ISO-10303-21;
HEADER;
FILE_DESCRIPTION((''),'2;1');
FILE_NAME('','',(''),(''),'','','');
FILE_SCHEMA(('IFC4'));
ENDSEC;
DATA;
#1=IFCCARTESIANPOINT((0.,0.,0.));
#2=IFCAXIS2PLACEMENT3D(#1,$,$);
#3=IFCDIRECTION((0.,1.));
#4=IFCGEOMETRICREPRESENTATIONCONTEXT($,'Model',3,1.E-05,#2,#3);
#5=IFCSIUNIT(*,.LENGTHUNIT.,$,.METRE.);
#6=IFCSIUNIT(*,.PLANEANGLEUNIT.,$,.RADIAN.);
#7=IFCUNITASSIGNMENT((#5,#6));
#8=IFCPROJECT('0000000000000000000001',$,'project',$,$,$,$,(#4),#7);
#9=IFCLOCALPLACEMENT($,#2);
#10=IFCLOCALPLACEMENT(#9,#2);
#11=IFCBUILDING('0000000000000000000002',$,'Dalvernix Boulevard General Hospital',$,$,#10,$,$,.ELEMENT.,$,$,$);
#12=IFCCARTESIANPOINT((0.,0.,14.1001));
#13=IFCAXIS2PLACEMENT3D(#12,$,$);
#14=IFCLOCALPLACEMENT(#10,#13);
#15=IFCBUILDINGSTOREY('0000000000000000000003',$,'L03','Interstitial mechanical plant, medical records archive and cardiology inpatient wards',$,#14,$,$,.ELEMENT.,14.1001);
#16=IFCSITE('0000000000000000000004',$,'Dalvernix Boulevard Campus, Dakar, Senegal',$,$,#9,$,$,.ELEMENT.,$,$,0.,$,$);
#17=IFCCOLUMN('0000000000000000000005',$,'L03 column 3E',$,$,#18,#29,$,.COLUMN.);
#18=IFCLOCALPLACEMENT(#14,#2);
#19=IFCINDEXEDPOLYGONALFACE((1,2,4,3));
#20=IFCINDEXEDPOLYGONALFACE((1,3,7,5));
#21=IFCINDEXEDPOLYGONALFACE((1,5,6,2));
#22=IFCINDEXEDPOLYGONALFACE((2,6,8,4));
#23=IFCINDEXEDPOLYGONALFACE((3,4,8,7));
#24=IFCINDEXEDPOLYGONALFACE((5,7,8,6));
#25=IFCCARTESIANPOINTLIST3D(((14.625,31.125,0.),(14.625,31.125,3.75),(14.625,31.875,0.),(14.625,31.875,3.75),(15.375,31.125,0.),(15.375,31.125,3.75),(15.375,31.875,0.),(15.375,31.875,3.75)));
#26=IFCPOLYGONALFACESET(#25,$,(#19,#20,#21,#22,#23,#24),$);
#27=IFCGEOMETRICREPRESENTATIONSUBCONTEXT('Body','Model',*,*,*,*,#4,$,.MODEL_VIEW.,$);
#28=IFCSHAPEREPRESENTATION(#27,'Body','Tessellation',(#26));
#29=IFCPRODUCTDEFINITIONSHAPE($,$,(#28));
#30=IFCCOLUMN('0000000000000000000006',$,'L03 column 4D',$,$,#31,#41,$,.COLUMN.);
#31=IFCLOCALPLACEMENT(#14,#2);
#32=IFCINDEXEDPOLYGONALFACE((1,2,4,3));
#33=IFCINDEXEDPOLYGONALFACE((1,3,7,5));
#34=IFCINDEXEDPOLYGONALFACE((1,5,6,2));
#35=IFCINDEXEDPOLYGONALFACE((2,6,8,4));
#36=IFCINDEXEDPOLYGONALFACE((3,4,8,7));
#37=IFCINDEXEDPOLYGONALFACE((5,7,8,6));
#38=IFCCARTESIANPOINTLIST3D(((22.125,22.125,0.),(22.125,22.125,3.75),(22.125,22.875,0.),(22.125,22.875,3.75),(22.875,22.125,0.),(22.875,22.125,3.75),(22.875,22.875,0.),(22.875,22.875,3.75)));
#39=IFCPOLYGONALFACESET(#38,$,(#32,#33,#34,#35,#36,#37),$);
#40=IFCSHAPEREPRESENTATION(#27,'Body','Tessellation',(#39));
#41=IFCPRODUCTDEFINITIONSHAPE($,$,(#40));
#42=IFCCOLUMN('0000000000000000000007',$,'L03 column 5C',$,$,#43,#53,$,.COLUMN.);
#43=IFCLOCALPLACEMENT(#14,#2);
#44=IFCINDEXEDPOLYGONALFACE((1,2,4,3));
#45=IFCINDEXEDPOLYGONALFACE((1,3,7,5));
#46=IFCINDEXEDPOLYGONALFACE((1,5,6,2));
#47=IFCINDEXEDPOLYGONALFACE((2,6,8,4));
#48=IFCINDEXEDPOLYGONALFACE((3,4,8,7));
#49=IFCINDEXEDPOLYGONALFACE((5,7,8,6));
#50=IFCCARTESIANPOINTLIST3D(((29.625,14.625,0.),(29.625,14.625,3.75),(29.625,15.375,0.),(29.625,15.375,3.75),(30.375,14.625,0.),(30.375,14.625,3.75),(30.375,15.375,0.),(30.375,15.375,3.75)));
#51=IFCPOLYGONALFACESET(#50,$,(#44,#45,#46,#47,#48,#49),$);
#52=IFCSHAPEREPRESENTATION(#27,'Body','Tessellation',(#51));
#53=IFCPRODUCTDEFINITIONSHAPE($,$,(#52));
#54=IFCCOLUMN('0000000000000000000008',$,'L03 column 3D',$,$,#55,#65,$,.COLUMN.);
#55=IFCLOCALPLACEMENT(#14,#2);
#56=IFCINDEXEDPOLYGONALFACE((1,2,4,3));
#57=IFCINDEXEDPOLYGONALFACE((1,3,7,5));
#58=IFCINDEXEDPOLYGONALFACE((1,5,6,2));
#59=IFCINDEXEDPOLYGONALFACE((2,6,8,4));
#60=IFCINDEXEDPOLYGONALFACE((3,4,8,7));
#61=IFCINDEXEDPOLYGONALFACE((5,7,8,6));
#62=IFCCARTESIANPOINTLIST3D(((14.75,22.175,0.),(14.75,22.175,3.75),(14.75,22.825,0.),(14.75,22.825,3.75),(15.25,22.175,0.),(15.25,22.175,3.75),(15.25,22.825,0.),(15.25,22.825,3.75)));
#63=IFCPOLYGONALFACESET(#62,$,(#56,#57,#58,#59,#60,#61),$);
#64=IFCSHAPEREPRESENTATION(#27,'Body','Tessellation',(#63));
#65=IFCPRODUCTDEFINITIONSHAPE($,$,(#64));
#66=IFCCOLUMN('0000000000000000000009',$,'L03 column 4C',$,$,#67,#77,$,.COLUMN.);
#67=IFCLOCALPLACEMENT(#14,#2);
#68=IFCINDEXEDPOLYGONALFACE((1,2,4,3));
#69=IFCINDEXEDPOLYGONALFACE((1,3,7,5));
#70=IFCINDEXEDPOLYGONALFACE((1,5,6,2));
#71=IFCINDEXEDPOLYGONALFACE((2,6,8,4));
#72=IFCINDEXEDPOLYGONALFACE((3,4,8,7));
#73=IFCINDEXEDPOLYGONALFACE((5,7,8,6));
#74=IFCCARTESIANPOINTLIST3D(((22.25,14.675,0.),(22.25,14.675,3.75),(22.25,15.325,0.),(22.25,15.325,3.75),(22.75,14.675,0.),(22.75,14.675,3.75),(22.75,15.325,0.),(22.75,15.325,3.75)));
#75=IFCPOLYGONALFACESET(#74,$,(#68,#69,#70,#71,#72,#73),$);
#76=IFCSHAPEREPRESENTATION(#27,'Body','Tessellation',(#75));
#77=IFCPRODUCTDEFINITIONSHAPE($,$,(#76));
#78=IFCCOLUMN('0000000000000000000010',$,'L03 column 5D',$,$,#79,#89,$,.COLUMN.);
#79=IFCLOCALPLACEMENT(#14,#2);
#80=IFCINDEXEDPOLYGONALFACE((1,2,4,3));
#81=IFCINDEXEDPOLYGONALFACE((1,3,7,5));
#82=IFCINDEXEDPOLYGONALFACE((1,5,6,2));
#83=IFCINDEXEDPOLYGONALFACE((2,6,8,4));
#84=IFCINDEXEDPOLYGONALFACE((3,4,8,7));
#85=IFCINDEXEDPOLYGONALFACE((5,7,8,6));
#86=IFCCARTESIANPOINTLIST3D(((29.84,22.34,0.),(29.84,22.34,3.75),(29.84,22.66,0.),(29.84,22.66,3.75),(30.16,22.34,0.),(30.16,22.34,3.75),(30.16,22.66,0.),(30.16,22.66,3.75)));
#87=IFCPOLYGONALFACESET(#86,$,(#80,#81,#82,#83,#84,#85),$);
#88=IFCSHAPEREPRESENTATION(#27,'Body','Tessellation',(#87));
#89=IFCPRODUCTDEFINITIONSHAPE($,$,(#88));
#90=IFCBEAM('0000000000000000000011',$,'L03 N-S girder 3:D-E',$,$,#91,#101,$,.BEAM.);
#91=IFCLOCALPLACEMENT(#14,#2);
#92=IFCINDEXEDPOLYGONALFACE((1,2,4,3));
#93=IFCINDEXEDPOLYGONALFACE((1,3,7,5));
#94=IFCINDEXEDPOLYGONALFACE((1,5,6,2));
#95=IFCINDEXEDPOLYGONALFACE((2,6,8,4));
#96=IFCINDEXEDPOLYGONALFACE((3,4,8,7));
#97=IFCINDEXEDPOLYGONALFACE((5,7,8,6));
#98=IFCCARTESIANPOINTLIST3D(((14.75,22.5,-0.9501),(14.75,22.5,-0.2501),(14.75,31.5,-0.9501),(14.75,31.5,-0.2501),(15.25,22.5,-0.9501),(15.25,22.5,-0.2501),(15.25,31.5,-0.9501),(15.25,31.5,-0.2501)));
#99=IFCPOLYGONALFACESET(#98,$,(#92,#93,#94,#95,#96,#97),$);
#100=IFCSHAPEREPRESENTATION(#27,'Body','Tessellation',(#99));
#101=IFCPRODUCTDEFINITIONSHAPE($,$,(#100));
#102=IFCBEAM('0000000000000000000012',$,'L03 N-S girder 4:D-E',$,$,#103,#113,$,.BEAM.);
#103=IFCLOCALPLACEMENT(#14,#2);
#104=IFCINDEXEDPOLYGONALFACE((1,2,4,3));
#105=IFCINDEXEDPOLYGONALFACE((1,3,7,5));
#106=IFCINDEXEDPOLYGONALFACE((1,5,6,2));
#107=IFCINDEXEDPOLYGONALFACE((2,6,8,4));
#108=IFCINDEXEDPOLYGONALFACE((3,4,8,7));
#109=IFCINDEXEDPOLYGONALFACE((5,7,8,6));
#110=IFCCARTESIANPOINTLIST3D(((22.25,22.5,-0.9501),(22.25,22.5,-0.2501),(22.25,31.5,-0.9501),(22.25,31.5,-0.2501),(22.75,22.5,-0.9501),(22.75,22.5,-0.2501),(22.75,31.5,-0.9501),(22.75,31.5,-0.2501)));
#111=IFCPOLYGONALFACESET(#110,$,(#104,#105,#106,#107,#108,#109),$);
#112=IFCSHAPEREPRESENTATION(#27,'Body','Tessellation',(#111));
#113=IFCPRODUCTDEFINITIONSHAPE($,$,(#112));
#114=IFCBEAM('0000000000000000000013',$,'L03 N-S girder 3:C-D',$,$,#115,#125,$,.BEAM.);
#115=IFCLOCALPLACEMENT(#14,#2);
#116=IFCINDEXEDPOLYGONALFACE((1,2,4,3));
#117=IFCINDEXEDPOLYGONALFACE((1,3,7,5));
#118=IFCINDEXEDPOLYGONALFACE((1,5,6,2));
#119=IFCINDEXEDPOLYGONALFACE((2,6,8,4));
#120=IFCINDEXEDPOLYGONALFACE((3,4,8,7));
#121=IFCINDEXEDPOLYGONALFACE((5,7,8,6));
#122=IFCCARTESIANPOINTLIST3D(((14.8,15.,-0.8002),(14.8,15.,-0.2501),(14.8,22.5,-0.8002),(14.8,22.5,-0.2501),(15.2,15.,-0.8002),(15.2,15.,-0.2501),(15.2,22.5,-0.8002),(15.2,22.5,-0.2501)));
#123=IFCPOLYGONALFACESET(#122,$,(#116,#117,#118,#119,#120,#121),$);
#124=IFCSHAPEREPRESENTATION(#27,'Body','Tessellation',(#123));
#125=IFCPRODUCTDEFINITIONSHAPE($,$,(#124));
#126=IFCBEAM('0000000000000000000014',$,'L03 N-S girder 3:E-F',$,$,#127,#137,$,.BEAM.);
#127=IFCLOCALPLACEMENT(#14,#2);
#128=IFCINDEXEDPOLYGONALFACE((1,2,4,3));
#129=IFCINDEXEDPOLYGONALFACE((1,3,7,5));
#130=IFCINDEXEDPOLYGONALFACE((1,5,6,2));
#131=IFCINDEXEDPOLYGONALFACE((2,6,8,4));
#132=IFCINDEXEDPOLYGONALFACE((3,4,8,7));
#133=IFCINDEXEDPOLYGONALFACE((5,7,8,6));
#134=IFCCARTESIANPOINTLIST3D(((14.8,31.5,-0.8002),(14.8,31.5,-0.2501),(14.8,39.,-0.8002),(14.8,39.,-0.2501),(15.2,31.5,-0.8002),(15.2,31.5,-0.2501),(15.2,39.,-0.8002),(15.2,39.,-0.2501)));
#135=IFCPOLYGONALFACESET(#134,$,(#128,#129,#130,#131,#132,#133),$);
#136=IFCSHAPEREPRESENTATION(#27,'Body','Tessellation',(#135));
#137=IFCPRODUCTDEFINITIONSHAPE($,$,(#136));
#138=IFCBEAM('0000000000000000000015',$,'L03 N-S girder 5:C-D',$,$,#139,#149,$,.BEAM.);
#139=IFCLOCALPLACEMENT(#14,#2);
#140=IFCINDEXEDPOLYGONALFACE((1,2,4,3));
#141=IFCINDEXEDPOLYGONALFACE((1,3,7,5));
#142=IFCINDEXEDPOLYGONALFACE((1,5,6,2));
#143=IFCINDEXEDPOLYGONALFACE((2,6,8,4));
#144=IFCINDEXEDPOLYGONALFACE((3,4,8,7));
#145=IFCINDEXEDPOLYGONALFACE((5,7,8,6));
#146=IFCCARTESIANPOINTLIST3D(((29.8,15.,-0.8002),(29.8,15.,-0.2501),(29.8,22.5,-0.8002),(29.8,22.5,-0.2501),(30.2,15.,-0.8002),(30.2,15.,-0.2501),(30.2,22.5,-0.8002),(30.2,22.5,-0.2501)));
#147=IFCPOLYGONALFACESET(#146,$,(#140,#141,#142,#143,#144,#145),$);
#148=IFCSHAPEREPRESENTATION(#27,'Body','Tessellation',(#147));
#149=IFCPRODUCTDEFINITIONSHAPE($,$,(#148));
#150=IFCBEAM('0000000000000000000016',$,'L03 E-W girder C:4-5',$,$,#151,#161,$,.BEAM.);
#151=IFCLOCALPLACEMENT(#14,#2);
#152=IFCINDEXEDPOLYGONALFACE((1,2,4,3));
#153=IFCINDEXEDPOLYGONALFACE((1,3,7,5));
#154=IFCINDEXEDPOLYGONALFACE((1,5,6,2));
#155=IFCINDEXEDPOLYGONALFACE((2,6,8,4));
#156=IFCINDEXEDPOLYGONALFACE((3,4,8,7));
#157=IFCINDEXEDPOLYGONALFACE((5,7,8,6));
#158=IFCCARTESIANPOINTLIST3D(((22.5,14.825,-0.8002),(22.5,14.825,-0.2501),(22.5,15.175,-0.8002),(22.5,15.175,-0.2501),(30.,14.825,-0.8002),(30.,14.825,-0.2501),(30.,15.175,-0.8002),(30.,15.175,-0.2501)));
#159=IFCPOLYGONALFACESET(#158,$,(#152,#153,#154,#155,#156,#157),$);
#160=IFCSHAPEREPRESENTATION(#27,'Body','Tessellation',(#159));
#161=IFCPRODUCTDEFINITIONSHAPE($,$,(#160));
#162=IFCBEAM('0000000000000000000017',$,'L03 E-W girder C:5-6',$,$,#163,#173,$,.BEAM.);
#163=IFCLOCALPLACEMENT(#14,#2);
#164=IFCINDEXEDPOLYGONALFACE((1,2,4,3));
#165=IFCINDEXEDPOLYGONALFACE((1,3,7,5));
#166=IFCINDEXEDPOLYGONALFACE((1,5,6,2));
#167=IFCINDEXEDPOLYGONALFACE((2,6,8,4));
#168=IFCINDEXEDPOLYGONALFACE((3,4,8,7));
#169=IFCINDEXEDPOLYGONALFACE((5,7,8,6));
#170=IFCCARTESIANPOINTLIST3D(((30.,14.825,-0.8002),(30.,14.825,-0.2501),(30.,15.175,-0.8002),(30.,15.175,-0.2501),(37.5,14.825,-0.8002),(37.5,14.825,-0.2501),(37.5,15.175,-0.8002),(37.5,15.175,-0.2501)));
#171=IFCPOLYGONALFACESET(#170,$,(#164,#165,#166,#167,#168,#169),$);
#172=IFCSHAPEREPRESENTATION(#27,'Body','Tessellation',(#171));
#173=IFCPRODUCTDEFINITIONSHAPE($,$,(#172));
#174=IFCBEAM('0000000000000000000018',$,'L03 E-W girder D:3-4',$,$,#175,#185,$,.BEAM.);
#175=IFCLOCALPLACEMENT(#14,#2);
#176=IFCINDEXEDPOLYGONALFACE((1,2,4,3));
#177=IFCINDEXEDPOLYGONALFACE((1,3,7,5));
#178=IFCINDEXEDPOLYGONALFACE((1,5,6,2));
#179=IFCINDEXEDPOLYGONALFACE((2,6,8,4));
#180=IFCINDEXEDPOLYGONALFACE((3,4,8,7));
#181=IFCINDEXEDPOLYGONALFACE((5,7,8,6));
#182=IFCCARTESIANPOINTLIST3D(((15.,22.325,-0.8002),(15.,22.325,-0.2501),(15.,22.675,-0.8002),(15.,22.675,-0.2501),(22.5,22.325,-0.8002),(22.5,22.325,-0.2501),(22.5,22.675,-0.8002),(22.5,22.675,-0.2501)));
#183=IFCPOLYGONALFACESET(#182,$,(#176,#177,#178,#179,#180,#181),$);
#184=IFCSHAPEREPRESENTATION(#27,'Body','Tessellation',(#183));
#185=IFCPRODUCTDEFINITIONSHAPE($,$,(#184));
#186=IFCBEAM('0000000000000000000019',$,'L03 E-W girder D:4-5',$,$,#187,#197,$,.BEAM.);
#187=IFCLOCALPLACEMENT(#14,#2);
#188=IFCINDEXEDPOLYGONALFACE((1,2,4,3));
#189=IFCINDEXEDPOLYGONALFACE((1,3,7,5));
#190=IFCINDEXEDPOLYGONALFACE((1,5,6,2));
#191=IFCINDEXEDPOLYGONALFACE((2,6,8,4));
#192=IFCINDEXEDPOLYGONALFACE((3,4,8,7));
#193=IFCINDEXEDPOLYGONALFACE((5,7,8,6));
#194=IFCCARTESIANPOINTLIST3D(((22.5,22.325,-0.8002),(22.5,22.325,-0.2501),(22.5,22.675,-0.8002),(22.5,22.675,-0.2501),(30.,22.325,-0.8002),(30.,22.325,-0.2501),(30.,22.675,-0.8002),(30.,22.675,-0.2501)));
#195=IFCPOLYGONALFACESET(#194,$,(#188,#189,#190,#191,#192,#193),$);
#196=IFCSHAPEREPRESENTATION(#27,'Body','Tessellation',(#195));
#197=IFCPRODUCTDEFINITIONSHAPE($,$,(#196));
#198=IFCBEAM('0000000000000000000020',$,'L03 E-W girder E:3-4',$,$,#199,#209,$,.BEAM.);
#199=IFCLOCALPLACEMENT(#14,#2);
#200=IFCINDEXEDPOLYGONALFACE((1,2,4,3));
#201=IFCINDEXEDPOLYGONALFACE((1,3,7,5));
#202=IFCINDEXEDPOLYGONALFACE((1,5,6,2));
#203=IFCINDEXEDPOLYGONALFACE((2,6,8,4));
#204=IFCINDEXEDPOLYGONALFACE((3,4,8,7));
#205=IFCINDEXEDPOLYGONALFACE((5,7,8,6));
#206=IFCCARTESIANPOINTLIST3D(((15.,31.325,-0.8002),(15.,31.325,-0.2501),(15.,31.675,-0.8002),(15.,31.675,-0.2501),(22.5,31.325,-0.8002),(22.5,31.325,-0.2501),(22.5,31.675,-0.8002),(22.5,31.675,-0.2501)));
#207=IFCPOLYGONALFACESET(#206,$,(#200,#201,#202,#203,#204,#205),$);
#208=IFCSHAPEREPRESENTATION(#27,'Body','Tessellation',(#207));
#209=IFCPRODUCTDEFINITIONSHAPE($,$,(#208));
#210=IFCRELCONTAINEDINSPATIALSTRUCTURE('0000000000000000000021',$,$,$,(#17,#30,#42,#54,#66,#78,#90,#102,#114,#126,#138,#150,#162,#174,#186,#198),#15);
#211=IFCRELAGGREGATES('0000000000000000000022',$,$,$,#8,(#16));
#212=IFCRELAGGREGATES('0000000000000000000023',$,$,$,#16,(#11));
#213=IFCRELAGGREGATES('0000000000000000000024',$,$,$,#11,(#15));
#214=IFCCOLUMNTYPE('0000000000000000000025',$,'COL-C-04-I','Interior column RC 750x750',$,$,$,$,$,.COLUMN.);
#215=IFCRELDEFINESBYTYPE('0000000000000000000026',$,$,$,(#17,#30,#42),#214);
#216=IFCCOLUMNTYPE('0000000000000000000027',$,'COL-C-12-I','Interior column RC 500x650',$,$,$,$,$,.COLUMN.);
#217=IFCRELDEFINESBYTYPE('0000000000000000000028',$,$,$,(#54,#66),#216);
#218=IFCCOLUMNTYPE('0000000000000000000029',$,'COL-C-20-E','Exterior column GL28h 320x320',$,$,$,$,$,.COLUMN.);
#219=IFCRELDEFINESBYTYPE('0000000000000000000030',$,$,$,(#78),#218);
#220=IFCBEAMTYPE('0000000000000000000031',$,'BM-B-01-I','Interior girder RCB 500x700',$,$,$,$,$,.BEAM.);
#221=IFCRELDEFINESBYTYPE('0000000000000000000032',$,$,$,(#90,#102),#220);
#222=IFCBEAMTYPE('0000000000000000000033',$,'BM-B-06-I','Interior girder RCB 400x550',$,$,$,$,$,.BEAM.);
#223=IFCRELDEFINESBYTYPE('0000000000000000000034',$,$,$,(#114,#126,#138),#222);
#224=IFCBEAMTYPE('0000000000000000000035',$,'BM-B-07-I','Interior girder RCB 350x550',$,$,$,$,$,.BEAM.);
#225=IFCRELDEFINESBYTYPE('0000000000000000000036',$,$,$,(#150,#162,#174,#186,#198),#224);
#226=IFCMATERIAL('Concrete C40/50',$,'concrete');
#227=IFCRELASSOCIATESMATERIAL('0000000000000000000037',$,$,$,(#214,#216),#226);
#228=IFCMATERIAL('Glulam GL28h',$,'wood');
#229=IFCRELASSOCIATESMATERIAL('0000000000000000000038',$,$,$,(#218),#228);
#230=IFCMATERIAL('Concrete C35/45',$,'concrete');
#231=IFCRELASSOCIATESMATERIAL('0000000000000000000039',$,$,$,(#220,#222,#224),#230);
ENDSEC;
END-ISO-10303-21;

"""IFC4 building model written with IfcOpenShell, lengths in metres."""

from ifc_helpers import new_model, si_unit, direction, frame, origin, origin_2d, place, context, subcontext, project, spatial, rectangle, extrude, material, material_profile, profile_set, type_object, element, save


model = new_model("IFC4")

# Units and contexts
model_context = context("Model", 3, precision=1e-05, world=origin(), true_north=direction((0.0, 1.0)))
body_context = subcontext(model_context, "Body", "Model", "MODEL_VIEW")
ifc_project = project(units=[si_unit("LENGTHUNIT", "METRE"), si_unit("PLANEANGLEUNIT", "RADIAN")], contexts=[model_context])

# Site, building, storey
site_placement = place(None, origin())
site = spatial("IfcSite", under=ifc_project, at=site_placement, Name="Dalvernix Boulevard Campus, Dakar, Senegal", CompositionType="ELEMENT", RefElevation=0.0)
building_placement = place(site_placement, origin())
building = spatial("IfcBuilding", under=site, at=building_placement, Name="Dalvernix Boulevard General Hospital", CompositionType="ELEMENT")
storey_placement = place(building_placement, frame((0.0, 0.0, 14.1001)))
storey = spatial("IfcBuildingStorey", under=building, at=storey_placement, Name="L03", Description="Interstitial mechanical plant, medical records archive and cardiology inpatient wards", CompositionType="ELEMENT", Elevation=14.1001)

# Columns
ifc_material_1 = material(Name="Concrete C40/50", Category="concrete")
ifc_material_profile_1 = material_profile(ifc_material_1, rectangle(XDim=0.75, YDim=0.75, at=origin_2d()), Name="RC 750x750")
ifc_profile_set_1 = profile_set([ifc_material_profile_1], Name="Concrete C40/50")
column_type_1 = type_object("IfcColumnType", Name="COL-C-04-I", Description="Interior column RC 750x750", PredefinedType="COLUMN", material=ifc_profile_set_1)
for number, where, z_axis, x_axis, name in (
    (1, (15.0, 31.5, 0.0), (0.0, 0.0, 1.0), (1.0, 0.0, 0.0), "L03 column 3E"),
    (2, (22.5, 22.5, 0.0), (0.0, 0.0, 1.0), (1.0, 0.0, 0.0), "L03 column 4D"),
    (3, (30.0, 15.0, 0.0), (0.0, 0.0, 1.0), (1.0, 0.0, 0.0), "L03 column 5C"),
):
    element("IfcColumn", number, at=place(storey_placement, frame(where, z_axis=z_axis, x_axis=x_axis)), inside=storey, type_object=column_type_1, Name=name, PredefinedType="COLUMN", context=body_context, shape_type="SweptSolid", body=[
        extrude(rectangle(XDim=0.75, YDim=0.75, at=origin_2d()), origin(), (0.0, 0.0, 1.0), 3.75),
    ])
ifc_material_profile_2 = material_profile(ifc_material_1, rectangle(XDim=0.5, YDim=0.6499, at=origin_2d()), Name="RC 500x650")
ifc_profile_set_2 = profile_set([ifc_material_profile_2], Name="Concrete C40/50")
column_type_2 = type_object("IfcColumnType", Name="COL-C-12-I", Description="Interior column RC 500x650", PredefinedType="COLUMN", material=ifc_profile_set_2)
for number, where, z_axis, x_axis, name in (
    (4, (15.0, 22.5, 0.0), (0.0, 0.0, 1.0), (1.0, 0.0, 0.0), "L03 column 3D"),
    (5, (22.5, 15.0, 0.0), (0.0, 0.0, 1.0), (1.0, 0.0, 0.0), "L03 column 4C"),
):
    element("IfcColumn", number, at=place(storey_placement, frame(where, z_axis=z_axis, x_axis=x_axis)), inside=storey, type_object=column_type_2, Name=name, PredefinedType="COLUMN", context=body_context, shape_type="SweptSolid", body=[
        extrude(rectangle(XDim=0.5, YDim=0.6499, at=origin_2d()), origin(), (0.0, 0.0, 1.0), 3.75),
    ])
ifc_material_2 = material(Name="Glulam GL28h", Category="wood")
ifc_material_profile_3 = material_profile(ifc_material_2, rectangle(XDim=0.3201, YDim=0.3201, at=origin_2d()), Name="GL28h 320x320")
ifc_profile_set_3 = profile_set([ifc_material_profile_3], Name="Glulam GL28h")
column_type_3 = type_object("IfcColumnType", Name="COL-C-20-E", Description="Exterior column GL28h 320x320", PredefinedType="COLUMN", material=ifc_profile_set_3)
column_placement = place(storey_placement, frame((30.0, 22.5, 0.0), z_axis=(0.0, 0.0, 1.0), x_axis=(1.0, 0.0, 0.0)))
element("IfcColumn", 6, at=column_placement, inside=storey, type_object=column_type_3, Name="L03 column 5D", PredefinedType="COLUMN", context=body_context, shape_type="SweptSolid", body=[
    extrude(rectangle(XDim=0.3201, YDim=0.3201, at=origin_2d()), origin(), (0.0, 0.0, 1.0), 3.75),
])

# Beams
ifc_material_3 = material(Name="Concrete C35/45", Category="concrete")
ifc_material_profile_4 = material_profile(ifc_material_3, rectangle(XDim=0.5, YDim=0.7, at=origin_2d()), Name="RCB 500x700")
ifc_profile_set_4 = profile_set([ifc_material_profile_4], Name="Concrete C35/45")
beam_type_1 = type_object("IfcBeamType", Name="BM-B-01-I", Description="Interior girder RCB 500x700", PredefinedType="BEAM", material=ifc_profile_set_4)
for number, where, z_axis, x_axis, name in (
    (7, (15.0, 22.5, -0.6001), (0.0, 1.0, 0.0), (-1.0, 0.0, 0.0), "L03 N-S girder 3:D-E"),
    (8, (22.5, 22.5, -0.6001), (0.0, 1.0, 0.0), (-1.0, 0.0, 0.0), "L03 N-S girder 4:D-E"),
):
    element("IfcBeam", number, at=place(storey_placement, frame(where, z_axis=z_axis, x_axis=x_axis)), inside=storey, type_object=beam_type_1, Name=name, PredefinedType="BEAM", context=body_context, shape_type="SweptSolid", body=[
        extrude(rectangle(XDim=0.5, YDim=0.7, at=origin_2d()), origin(), (0.0, 0.0, 1.0), 9.0),
    ])
ifc_material_profile_5 = material_profile(ifc_material_3, rectangle(XDim=0.3999, YDim=0.55, at=origin_2d()), Name="RCB 400x550")
ifc_profile_set_5 = profile_set([ifc_material_profile_5], Name="Concrete C35/45")
beam_type_2 = type_object("IfcBeamType", Name="BM-B-06-I", Description="Interior girder RCB 400x550", PredefinedType="BEAM", material=ifc_profile_set_5)
for number, where, z_axis, x_axis, name in (
    (9, (15.0, 15.0, -0.5251), (0.0, 1.0, 0.0), (-1.0, 0.0, 0.0), "L03 N-S girder 3:C-D"),
    (10, (15.0, 31.5, -0.5251), (0.0, 1.0, 0.0), (-1.0, 0.0, 0.0), "L03 N-S girder 3:E-F"),
    (11, (30.0, 15.0, -0.5251), (0.0, 1.0, 0.0), (-1.0, 0.0, 0.0), "L03 N-S girder 5:C-D"),
):
    element("IfcBeam", number, at=place(storey_placement, frame(where, z_axis=z_axis, x_axis=x_axis)), inside=storey, type_object=beam_type_2, Name=name, PredefinedType="BEAM", context=body_context, shape_type="SweptSolid", body=[
        extrude(rectangle(XDim=0.3999, YDim=0.55, at=origin_2d()), origin(), (0.0, 0.0, 1.0), 7.5),
    ])
ifc_material_profile_6 = material_profile(ifc_material_3, rectangle(XDim=0.3501, YDim=0.55, at=origin_2d()), Name="RCB 350x550")
ifc_profile_set_6 = profile_set([ifc_material_profile_6], Name="Concrete C35/45")
beam_type_3 = type_object("IfcBeamType", Name="BM-B-07-I", Description="Interior girder RCB 350x550", PredefinedType="BEAM", material=ifc_profile_set_6)
for number, where, z_axis, x_axis, name in (
    (12, (22.5, 15.0, -0.5251), (1.0, 0.0, 0.0), (0.0, 1.0, 0.0), "L03 E-W girder C:4-5"),
    (13, (30.0, 15.0, -0.5251), (1.0, 0.0, 0.0), (0.0, 1.0, 0.0), "L03 E-W girder C:5-6"),
    (14, (15.0, 22.5, -0.5251), (1.0, 0.0, 0.0), (0.0, 1.0, 0.0), "L03 E-W girder D:3-4"),
    (15, (22.5, 22.5, -0.5251), (1.0, 0.0, 0.0), (0.0, 1.0, 0.0), "L03 E-W girder D:4-5"),
    (16, (15.0, 31.5, -0.5251), (1.0, 0.0, 0.0), (0.0, 1.0, 0.0), "L03 E-W girder E:3-4"),
):
    element("IfcBeam", number, at=place(storey_placement, frame(where, z_axis=z_axis, x_axis=x_axis)), inside=storey, type_object=beam_type_3, Name=name, PredefinedType="BEAM", context=body_context, shape_type="SweptSolid", body=[
        extrude(rectangle(XDim=0.3501, YDim=0.55, at=origin_2d()), origin(), (0.0, 0.0, 1.0), 7.5),
    ])

save(model, "model.ifc")
